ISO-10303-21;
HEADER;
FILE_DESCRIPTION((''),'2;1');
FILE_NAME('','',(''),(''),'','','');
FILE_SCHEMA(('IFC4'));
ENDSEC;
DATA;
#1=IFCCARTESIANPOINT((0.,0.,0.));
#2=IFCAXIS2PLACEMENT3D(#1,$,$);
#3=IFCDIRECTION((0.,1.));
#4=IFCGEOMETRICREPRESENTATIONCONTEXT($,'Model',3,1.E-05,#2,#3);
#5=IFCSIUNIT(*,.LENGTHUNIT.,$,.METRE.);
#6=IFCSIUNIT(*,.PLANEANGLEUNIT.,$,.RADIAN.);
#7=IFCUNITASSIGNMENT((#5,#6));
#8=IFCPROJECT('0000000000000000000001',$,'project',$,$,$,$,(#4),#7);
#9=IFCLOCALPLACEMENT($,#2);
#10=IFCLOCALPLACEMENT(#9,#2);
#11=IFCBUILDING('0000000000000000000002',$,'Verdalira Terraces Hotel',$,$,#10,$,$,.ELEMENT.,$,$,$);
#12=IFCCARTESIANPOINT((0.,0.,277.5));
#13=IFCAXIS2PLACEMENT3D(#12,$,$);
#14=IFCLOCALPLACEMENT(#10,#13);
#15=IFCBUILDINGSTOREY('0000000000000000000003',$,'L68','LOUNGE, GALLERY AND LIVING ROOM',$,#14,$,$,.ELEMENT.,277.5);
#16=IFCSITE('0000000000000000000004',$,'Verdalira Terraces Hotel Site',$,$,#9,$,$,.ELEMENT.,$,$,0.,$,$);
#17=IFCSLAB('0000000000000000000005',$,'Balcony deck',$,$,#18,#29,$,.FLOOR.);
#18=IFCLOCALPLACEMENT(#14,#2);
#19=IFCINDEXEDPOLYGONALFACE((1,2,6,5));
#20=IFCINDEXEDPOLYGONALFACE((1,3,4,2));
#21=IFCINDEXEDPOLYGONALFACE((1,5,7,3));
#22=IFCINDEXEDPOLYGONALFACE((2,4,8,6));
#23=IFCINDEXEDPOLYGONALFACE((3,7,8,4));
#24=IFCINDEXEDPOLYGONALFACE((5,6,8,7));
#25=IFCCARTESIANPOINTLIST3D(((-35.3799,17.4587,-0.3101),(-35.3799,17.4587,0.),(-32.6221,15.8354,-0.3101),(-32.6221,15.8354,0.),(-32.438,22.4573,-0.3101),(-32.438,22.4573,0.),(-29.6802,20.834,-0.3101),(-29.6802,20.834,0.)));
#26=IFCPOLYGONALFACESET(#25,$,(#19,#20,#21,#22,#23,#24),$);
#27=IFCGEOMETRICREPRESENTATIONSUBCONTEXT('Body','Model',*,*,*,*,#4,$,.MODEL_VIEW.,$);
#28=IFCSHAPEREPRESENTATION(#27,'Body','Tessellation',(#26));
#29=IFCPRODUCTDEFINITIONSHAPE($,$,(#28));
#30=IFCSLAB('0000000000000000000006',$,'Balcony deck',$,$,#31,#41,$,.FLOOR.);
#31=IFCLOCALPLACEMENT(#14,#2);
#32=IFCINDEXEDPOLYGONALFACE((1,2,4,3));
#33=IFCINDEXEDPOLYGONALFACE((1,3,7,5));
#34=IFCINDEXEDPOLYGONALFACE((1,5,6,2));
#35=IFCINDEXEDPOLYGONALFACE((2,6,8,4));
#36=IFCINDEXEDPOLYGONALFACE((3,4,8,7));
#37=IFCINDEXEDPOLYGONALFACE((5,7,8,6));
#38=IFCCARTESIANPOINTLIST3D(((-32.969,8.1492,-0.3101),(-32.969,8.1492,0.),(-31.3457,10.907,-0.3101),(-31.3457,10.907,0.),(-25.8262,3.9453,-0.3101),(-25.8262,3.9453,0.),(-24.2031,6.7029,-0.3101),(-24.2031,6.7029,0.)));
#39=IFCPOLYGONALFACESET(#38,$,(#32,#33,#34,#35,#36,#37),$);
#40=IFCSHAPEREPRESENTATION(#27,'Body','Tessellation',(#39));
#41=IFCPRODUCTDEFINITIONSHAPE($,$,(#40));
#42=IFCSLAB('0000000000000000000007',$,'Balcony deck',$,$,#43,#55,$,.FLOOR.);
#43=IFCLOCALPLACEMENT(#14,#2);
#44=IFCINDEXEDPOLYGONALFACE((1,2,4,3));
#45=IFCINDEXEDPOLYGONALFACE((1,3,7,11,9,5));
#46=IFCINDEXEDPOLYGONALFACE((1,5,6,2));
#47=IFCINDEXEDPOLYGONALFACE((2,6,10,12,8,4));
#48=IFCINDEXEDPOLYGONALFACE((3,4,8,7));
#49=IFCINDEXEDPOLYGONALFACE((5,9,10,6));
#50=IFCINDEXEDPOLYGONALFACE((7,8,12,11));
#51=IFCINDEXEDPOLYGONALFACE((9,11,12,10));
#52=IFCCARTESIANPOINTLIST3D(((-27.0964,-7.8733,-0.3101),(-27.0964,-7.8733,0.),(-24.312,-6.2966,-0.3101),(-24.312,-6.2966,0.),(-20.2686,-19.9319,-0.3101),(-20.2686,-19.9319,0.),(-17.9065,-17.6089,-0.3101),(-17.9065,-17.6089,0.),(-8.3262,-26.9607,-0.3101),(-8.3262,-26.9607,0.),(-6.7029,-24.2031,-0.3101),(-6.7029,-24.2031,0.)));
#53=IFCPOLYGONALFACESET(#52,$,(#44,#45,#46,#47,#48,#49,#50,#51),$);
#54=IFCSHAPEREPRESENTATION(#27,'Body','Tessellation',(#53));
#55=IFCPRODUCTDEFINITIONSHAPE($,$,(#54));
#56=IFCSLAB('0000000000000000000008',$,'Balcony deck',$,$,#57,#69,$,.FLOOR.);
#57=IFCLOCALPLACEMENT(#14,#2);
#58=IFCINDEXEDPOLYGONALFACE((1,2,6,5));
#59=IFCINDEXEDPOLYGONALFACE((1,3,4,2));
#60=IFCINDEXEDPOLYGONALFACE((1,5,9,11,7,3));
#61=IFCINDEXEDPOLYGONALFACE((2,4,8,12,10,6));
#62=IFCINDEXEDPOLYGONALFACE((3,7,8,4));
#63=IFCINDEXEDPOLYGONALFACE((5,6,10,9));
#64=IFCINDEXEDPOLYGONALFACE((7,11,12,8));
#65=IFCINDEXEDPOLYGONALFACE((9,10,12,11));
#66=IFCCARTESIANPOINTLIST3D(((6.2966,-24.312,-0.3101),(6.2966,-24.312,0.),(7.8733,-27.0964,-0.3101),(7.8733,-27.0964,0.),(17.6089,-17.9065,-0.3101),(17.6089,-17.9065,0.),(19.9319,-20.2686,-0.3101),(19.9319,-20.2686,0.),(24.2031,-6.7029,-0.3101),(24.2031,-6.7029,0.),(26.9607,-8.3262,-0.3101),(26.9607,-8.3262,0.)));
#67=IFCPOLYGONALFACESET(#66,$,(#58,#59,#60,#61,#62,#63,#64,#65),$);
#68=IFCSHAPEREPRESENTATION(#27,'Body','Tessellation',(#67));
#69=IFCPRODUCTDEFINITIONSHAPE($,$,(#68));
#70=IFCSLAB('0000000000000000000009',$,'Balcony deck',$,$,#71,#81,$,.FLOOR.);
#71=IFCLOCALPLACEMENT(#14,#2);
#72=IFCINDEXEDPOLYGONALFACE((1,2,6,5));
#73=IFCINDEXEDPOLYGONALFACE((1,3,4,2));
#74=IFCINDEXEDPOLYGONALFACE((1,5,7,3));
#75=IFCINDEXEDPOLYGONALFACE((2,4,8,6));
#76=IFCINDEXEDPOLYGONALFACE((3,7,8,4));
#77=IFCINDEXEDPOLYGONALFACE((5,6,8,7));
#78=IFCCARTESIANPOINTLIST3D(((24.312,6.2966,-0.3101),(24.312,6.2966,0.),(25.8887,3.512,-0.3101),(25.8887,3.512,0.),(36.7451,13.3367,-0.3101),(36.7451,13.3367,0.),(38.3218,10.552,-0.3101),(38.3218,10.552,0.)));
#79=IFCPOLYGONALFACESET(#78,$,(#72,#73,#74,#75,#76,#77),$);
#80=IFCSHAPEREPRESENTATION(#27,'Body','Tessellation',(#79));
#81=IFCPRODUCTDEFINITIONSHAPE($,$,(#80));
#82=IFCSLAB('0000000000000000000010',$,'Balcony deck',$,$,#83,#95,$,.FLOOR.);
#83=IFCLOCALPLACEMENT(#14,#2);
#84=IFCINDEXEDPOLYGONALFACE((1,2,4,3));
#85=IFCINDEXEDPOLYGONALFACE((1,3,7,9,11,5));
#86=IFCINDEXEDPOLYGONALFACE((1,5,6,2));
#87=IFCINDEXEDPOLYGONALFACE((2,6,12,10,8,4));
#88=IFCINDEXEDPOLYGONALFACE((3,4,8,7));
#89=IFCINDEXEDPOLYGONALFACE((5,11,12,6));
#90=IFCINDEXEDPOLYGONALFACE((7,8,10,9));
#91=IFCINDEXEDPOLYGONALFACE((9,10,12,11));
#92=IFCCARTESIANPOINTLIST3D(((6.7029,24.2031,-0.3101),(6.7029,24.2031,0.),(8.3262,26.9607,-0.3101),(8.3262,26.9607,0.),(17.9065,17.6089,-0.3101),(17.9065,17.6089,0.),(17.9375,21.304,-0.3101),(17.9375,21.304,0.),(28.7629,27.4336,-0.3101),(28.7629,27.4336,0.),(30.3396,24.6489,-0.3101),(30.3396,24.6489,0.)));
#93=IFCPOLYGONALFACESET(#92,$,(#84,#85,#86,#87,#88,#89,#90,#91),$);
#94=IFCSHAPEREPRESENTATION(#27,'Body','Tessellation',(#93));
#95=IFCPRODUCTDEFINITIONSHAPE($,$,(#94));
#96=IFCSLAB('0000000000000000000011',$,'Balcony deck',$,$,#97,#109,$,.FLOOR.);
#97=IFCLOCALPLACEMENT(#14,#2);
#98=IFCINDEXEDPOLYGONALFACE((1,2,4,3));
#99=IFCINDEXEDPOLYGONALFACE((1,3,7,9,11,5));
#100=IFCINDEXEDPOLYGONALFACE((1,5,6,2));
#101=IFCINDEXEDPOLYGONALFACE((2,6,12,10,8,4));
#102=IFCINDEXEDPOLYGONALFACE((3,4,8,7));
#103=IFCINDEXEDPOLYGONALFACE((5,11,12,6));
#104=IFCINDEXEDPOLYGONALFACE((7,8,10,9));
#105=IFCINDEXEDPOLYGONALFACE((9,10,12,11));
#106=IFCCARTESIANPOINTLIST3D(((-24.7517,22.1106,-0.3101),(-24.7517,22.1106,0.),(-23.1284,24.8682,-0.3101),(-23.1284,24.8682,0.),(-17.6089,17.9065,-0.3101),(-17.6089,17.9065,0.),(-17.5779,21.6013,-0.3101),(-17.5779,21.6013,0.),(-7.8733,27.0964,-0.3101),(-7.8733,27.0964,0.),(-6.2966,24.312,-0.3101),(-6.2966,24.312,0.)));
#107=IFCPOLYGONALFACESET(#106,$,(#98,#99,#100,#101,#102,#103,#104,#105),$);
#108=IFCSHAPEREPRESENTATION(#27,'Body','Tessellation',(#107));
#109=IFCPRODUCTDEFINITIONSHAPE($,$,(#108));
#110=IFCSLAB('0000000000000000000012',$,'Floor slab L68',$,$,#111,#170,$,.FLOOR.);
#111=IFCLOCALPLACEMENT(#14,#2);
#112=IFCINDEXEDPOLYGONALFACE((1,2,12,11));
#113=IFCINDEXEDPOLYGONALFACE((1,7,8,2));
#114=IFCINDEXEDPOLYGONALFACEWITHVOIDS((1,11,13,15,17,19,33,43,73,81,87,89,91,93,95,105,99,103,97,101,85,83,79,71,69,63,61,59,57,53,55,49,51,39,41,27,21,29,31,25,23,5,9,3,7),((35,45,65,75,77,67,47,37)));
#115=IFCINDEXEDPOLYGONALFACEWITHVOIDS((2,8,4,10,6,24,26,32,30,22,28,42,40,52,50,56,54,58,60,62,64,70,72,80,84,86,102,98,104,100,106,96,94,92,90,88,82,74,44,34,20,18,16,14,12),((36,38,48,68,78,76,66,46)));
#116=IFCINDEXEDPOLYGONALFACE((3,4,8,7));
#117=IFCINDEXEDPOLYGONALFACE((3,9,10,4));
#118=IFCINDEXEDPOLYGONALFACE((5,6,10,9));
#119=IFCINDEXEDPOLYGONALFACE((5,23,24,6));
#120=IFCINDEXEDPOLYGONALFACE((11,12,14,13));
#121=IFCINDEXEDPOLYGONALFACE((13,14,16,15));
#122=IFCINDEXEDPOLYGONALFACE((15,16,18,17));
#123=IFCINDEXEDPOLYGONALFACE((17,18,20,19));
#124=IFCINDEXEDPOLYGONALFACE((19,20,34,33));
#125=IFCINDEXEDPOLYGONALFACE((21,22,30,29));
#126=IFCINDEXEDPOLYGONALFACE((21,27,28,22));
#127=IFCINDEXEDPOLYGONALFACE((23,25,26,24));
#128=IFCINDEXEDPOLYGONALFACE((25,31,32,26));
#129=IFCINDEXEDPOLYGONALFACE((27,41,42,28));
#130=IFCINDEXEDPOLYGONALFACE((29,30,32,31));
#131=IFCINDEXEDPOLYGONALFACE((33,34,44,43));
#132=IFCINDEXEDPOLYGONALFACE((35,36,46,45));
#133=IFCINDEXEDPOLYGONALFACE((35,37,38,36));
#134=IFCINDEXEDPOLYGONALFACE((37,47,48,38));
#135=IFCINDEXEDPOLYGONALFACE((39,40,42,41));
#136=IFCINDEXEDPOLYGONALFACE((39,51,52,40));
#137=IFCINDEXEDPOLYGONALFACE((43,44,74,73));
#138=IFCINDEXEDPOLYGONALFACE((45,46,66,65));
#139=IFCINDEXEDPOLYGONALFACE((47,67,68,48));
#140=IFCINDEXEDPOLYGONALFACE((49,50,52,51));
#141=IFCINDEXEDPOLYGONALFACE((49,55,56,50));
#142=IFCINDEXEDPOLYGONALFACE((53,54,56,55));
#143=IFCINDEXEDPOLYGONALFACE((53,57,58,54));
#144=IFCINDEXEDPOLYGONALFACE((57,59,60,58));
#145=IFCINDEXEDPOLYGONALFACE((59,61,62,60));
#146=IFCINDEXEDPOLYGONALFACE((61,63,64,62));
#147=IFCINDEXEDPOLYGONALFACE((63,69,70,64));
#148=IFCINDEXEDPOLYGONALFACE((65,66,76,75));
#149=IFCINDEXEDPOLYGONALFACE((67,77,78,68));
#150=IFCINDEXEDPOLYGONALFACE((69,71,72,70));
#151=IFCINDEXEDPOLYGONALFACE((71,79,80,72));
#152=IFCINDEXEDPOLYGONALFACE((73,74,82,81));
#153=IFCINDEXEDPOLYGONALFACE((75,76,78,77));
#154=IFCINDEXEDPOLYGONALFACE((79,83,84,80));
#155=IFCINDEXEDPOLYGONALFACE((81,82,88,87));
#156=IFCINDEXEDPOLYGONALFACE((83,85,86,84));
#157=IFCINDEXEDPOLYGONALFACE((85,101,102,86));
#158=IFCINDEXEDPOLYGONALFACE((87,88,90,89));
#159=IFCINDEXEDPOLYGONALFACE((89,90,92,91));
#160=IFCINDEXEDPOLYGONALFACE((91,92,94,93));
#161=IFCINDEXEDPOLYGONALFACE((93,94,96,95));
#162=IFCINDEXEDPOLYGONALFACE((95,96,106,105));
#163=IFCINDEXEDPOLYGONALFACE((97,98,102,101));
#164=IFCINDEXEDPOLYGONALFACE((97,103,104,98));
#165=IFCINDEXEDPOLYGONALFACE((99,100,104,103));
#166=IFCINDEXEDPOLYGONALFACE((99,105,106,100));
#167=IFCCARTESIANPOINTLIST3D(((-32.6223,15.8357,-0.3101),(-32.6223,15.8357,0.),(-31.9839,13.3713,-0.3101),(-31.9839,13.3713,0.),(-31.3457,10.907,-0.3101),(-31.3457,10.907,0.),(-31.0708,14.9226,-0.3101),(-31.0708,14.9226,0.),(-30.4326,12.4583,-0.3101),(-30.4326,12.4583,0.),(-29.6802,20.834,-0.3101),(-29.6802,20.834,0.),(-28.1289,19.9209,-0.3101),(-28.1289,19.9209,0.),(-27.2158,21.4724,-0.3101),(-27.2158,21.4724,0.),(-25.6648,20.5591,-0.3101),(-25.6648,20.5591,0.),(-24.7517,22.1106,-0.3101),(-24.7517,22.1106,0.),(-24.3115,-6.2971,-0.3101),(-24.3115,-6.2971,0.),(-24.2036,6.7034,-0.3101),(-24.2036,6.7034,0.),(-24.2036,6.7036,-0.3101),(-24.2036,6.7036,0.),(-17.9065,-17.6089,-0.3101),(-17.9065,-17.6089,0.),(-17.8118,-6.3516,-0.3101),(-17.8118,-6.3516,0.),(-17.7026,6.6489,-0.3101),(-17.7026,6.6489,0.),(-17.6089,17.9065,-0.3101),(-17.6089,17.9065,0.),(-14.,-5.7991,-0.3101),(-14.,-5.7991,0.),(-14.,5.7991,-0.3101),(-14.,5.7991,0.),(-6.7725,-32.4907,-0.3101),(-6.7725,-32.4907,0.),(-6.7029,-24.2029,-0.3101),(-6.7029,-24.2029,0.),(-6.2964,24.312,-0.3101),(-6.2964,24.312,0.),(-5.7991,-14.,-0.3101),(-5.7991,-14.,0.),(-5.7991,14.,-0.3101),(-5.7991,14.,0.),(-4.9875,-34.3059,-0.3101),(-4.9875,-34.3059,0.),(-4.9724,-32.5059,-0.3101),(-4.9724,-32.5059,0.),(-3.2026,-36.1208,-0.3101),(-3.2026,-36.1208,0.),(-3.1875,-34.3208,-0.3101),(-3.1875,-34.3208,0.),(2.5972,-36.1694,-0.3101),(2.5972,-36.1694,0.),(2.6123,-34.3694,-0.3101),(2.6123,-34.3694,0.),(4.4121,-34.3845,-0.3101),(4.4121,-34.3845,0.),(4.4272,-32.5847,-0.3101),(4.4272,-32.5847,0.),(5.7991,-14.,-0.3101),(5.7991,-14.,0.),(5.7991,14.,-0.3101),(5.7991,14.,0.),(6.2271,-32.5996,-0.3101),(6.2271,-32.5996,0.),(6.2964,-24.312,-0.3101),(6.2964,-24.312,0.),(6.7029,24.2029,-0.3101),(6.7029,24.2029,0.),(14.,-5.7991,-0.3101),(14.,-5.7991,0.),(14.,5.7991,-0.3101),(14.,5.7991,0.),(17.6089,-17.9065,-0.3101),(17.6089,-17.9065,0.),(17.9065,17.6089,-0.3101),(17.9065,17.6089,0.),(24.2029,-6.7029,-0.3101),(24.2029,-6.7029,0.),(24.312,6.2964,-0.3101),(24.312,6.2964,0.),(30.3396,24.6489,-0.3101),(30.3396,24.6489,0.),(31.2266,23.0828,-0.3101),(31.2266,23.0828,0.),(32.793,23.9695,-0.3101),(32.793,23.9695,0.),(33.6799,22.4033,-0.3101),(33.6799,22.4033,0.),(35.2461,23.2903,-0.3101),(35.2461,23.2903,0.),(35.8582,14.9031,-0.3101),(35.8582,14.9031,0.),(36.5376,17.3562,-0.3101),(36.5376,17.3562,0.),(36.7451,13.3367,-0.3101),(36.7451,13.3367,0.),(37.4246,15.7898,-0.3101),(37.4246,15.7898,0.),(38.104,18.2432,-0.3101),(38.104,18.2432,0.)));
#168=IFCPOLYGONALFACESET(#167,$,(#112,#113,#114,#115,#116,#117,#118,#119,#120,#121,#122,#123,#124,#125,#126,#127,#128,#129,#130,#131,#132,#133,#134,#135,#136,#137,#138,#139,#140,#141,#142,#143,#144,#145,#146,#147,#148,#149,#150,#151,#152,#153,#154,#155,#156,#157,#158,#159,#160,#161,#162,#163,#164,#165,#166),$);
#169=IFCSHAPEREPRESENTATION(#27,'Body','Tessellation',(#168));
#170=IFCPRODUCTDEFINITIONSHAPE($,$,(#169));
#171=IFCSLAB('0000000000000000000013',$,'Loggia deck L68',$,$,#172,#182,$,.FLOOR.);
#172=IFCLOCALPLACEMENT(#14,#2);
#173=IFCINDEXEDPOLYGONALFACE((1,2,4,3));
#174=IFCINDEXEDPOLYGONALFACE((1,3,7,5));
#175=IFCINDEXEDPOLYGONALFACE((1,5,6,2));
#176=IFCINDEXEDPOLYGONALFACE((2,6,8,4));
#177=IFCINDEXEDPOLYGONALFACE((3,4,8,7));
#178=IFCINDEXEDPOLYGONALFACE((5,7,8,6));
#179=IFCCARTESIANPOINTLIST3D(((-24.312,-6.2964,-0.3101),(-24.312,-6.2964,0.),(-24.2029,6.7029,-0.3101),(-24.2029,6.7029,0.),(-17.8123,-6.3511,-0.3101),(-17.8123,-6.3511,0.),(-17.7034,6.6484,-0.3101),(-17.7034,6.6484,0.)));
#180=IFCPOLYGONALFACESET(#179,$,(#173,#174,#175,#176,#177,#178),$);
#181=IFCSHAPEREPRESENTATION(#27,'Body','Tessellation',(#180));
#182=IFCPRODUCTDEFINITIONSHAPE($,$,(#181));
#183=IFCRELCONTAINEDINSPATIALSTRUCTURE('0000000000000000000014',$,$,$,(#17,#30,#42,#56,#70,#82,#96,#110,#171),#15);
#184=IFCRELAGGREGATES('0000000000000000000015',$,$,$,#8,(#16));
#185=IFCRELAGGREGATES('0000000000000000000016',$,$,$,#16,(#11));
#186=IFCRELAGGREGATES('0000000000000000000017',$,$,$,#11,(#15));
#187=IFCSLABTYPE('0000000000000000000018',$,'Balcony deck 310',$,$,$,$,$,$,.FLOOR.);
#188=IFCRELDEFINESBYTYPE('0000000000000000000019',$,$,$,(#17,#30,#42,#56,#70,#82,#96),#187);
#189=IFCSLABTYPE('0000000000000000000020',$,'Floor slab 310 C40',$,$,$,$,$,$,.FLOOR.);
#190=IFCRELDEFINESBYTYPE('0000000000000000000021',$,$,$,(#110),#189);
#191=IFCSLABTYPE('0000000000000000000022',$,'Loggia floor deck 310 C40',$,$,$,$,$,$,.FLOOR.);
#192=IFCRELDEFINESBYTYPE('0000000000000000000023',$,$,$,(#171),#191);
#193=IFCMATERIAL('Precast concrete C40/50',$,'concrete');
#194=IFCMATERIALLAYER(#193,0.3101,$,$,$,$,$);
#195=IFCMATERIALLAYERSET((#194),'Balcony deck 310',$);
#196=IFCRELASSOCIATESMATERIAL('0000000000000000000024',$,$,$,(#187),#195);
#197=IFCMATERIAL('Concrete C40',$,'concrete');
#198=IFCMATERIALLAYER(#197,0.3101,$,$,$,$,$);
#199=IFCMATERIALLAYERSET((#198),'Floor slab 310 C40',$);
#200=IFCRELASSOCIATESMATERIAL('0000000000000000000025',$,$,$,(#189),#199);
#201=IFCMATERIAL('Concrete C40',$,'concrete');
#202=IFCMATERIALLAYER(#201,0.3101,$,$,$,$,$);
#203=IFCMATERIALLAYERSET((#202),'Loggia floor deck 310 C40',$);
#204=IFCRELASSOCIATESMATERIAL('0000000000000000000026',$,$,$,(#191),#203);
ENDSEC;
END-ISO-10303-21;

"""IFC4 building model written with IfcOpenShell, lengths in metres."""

from ifc_helpers import new_model, si_unit, direction, frame, origin, place, context, subcontext, project, spatial, polyline, outline, extrude, material, layer, layer_set, type_object, element, save


model = new_model("IFC4")

# Units and contexts
model_context = context("Model", 3, precision=1e-05, world=origin(), true_north=direction((0.0, 1.0)))
body_context = subcontext(model_context, "Body", "Model", "MODEL_VIEW")
ifc_project = project(units=[si_unit("LENGTHUNIT", "METRE"), si_unit("PLANEANGLEUNIT", "RADIAN")], contexts=[model_context])

# Site, building, storey
site_placement = place(None, origin())
site = spatial("IfcSite", under=ifc_project, at=site_placement, Name="Verdalira Terraces Hotel Site", CompositionType="ELEMENT", RefElevation=0.0)
building_placement = place(site_placement, origin())
building = spatial("IfcBuilding", under=site, at=building_placement, Name="Verdalira Terraces Hotel", CompositionType="ELEMENT")
storey_placement = place(building_placement, frame((0.0, 0.0, 277.5)))
storey = spatial("IfcBuildingStorey", under=building, at=storey_placement, Name="L68", Description="LOUNGE, GALLERY AND LIVING ROOM", CompositionType="ELEMENT", Elevation=277.5)

# Slabs
ifc_material_1 = material(Name="Precast concrete C40/50", Category="concrete")
ifc_layer_1 = layer(ifc_material_1, 0.3101)
ifc_layer_set_1 = layer_set([ifc_layer_1], Name="Balcony deck 310")
slab_type_1 = type_object("IfcSlabType", Name="Balcony deck 310", PredefinedType="FLOOR", material=ifc_layer_set_1)
slab_1_placement = place(storey_placement, frame((0.0, 0.0, -0.3101)))
element("IfcSlab", 1, at=slab_1_placement, inside=storey, type_object=slab_type_1, Name="Balcony deck", PredefinedType="FLOOR", context=body_context, shape_type="SweptSolid", body=[
    extrude(outline(polyline([(-35.3799, 17.4587), (-32.6221, 15.8354), (-29.6802, 20.834), (-32.438, 22.4573), (-35.3799, 17.4587)])), origin(), (0.0, 0.0, 1.0), 0.3101),
])
slab_2_placement = place(storey_placement, frame((0.0, 0.0, -0.3101)))
element("IfcSlab", 2, at=slab_2_placement, inside=storey, type_object=slab_type_1, Name="Balcony deck", PredefinedType="FLOOR", context=body_context, shape_type="SweptSolid", body=[
    extrude(outline(polyline([(-25.8262, 3.9453), (-24.2031, 6.7029), (-31.3457, 10.907), (-32.969, 8.1492), (-25.8262, 3.9453)])), origin(), (0.0, 0.0, 1.0), 0.3101),
])
slab_3_placement = place(storey_placement, frame((0.0, 0.0, -0.3101)))
element("IfcSlab", 3, at=slab_3_placement, inside=storey, type_object=slab_type_1, Name="Balcony deck", PredefinedType="FLOOR", context=body_context, shape_type="SweptSolid", body=[
    extrude(outline(polyline([(-20.2686, -19.9319), (-8.3262, -26.9607), (-6.7029, -24.2031), (-17.9065, -17.6089), (-24.312, -6.2966), (-27.0964, -7.8733), (-20.2686, -19.9319)])), origin(), (0.0, 0.0, 1.0), 0.3101),
])
slab_4_placement = place(storey_placement, frame((0.0, 0.0, -0.3101)))
element("IfcSlab", 4, at=slab_4_placement, inside=storey, type_object=slab_type_1, Name="Balcony deck", PredefinedType="FLOOR", context=body_context, shape_type="SweptSolid", body=[
    extrude(outline(polyline([(26.9607, -8.3262), (24.2031, -6.7029), (17.6089, -17.9065), (6.2966, -24.312), (7.8733, -27.0964), (19.9319, -20.2686), (26.9607, -8.3262)])), origin(), (0.0, 0.0, 1.0), 0.3101),
])
slab_5_placement = place(storey_placement, frame((0.0, 0.0, -0.3101)))
element("IfcSlab", 5, at=slab_5_placement, inside=storey, type_object=slab_type_1, Name="Balcony deck", PredefinedType="FLOOR", context=body_context, shape_type="SweptSolid", body=[
    extrude(outline(polyline([(38.3218, 10.552), (36.7451, 13.3367), (24.312, 6.2966), (25.8887, 3.512), (38.3218, 10.552)])), origin(), (0.0, 0.0, 1.0), 0.3101),
])
slab_6_placement = place(storey_placement, frame((0.0, 0.0, -0.3101)))
element("IfcSlab", 6, at=slab_6_placement, inside=storey, type_object=slab_type_1, Name="Balcony deck", PredefinedType="FLOOR", context=body_context, shape_type="SweptSolid", body=[
    extrude(outline(polyline([(17.9375, 21.304), (8.3262, 26.9607), (6.7029, 24.2031), (17.9065, 17.6089), (30.3396, 24.6489), (28.7629, 27.4336), (17.9375, 21.304)])), origin(), (0.0, 0.0, 1.0), 0.3101),
])
slab_7_placement = place(storey_placement, frame((0.0, 0.0, -0.3101)))
element("IfcSlab", 7, at=slab_7_placement, inside=storey, type_object=slab_type_1, Name="Balcony deck", PredefinedType="FLOOR", context=body_context, shape_type="SweptSolid", body=[
    extrude(outline(polyline([(-17.5779, 21.6013), (-23.1284, 24.8682), (-24.7517, 22.1106), (-17.6089, 17.9065), (-6.2966, 24.312), (-7.8733, 27.0964), (-17.5779, 21.6013)])), origin(), (0.0, 0.0, 1.0), 0.3101),
])
ifc_material_2 = material(Name="Concrete C40", Category="concrete")
ifc_layer_2 = layer(ifc_material_2, 0.3101)
ifc_layer_set_2 = layer_set([ifc_layer_2], Name="Floor slab 310 C40")
slab_type_2 = type_object("IfcSlabType", Name="Floor slab 310 C40", PredefinedType="FLOOR", material=ifc_layer_set_2)
slab_8_placement = place(storey_placement, frame((0.0, 0.0, -0.3101)))
element("IfcSlab", 8, at=slab_8_placement, inside=storey, type_object=slab_type_2, Name="Floor slab L68", PredefinedType="FLOOR", context=body_context, shape_type="SweptSolid", body=[
    extrude(outline(polyline([(-30.4326, 12.4583), (-31.3457, 10.907), (-24.2036, 6.7034), (-24.2036, 6.7036), (-17.7026, 6.6489), (-17.8118, -6.3516), (-24.3115, -6.2971), (-17.9065, -17.6089), (-6.7029, -24.2029), (-6.7725, -32.4907), (-4.9724, -32.5059), (-4.9875, -34.3059), (-3.1875, -34.3208), (-3.2026, -36.1208), (2.5972, -36.1694), (2.6123, -34.3694), (4.4121, -34.3845), (4.4272, -32.5847), (6.2271, -32.5996), (6.2964, -24.312), (17.6089, -17.9065), (24.2029, -6.7029), (24.312, 6.2964), (36.7451, 13.3367), (35.8582, 14.9031), (37.4246, 15.7898), (36.5376, 17.3562), (38.104, 18.2432), (35.2461, 23.2903), (33.6799, 22.4033), (32.793, 23.9695), (31.2266, 23.0828), (30.3396, 24.6489), (17.9065, 17.6089), (6.7029, 24.2029), (-6.2964, 24.312), (-17.6089, 17.9065), (-24.7517, 22.1106), (-25.6648, 20.5591), (-27.2158, 21.4724), (-28.1289, 19.9209), (-29.6802, 20.834), (-32.6223, 15.8357), (-31.0708, 14.9226), (-31.9839, 13.3713), (-30.4326, 12.4583)]), holes=[polyline([(5.7991, 14.0), (14.0, 5.7991), (14.0, -5.7991), (5.7991, -14.0), (-5.7991, -14.0), (-14.0, -5.7991), (-14.0, 5.7991), (-5.7991, 14.0), (5.7991, 14.0)])]), origin(), (0.0, 0.0, 1.0), 0.3101),
])
ifc_material_3 = material(Name="Concrete C40", Category="concrete")
ifc_layer_3 = layer(ifc_material_3, 0.3101)
ifc_layer_set_3 = layer_set([ifc_layer_3], Name="Loggia floor deck 310 C40")
slab_type_3 = type_object("IfcSlabType", Name="Loggia floor deck 310 C40", PredefinedType="FLOOR", material=ifc_layer_set_3)
slab_9_placement = place(storey_placement, frame((0.0, 0.0, -0.3101)))
element("IfcSlab", 9, at=slab_9_placement, inside=storey, type_object=slab_type_3, Name="Loggia deck L68", PredefinedType="FLOOR", context=body_context, shape_type="SweptSolid", body=[
    extrude(outline(polyline([(-17.7034, 6.6484), (-24.2029, 6.7029), (-24.312, -6.2964), (-17.8123, -6.3511), (-17.7034, 6.6484)])), origin(), (0.0, 0.0, 1.0), 0.3101),
])

save(model, "model.ifc")
